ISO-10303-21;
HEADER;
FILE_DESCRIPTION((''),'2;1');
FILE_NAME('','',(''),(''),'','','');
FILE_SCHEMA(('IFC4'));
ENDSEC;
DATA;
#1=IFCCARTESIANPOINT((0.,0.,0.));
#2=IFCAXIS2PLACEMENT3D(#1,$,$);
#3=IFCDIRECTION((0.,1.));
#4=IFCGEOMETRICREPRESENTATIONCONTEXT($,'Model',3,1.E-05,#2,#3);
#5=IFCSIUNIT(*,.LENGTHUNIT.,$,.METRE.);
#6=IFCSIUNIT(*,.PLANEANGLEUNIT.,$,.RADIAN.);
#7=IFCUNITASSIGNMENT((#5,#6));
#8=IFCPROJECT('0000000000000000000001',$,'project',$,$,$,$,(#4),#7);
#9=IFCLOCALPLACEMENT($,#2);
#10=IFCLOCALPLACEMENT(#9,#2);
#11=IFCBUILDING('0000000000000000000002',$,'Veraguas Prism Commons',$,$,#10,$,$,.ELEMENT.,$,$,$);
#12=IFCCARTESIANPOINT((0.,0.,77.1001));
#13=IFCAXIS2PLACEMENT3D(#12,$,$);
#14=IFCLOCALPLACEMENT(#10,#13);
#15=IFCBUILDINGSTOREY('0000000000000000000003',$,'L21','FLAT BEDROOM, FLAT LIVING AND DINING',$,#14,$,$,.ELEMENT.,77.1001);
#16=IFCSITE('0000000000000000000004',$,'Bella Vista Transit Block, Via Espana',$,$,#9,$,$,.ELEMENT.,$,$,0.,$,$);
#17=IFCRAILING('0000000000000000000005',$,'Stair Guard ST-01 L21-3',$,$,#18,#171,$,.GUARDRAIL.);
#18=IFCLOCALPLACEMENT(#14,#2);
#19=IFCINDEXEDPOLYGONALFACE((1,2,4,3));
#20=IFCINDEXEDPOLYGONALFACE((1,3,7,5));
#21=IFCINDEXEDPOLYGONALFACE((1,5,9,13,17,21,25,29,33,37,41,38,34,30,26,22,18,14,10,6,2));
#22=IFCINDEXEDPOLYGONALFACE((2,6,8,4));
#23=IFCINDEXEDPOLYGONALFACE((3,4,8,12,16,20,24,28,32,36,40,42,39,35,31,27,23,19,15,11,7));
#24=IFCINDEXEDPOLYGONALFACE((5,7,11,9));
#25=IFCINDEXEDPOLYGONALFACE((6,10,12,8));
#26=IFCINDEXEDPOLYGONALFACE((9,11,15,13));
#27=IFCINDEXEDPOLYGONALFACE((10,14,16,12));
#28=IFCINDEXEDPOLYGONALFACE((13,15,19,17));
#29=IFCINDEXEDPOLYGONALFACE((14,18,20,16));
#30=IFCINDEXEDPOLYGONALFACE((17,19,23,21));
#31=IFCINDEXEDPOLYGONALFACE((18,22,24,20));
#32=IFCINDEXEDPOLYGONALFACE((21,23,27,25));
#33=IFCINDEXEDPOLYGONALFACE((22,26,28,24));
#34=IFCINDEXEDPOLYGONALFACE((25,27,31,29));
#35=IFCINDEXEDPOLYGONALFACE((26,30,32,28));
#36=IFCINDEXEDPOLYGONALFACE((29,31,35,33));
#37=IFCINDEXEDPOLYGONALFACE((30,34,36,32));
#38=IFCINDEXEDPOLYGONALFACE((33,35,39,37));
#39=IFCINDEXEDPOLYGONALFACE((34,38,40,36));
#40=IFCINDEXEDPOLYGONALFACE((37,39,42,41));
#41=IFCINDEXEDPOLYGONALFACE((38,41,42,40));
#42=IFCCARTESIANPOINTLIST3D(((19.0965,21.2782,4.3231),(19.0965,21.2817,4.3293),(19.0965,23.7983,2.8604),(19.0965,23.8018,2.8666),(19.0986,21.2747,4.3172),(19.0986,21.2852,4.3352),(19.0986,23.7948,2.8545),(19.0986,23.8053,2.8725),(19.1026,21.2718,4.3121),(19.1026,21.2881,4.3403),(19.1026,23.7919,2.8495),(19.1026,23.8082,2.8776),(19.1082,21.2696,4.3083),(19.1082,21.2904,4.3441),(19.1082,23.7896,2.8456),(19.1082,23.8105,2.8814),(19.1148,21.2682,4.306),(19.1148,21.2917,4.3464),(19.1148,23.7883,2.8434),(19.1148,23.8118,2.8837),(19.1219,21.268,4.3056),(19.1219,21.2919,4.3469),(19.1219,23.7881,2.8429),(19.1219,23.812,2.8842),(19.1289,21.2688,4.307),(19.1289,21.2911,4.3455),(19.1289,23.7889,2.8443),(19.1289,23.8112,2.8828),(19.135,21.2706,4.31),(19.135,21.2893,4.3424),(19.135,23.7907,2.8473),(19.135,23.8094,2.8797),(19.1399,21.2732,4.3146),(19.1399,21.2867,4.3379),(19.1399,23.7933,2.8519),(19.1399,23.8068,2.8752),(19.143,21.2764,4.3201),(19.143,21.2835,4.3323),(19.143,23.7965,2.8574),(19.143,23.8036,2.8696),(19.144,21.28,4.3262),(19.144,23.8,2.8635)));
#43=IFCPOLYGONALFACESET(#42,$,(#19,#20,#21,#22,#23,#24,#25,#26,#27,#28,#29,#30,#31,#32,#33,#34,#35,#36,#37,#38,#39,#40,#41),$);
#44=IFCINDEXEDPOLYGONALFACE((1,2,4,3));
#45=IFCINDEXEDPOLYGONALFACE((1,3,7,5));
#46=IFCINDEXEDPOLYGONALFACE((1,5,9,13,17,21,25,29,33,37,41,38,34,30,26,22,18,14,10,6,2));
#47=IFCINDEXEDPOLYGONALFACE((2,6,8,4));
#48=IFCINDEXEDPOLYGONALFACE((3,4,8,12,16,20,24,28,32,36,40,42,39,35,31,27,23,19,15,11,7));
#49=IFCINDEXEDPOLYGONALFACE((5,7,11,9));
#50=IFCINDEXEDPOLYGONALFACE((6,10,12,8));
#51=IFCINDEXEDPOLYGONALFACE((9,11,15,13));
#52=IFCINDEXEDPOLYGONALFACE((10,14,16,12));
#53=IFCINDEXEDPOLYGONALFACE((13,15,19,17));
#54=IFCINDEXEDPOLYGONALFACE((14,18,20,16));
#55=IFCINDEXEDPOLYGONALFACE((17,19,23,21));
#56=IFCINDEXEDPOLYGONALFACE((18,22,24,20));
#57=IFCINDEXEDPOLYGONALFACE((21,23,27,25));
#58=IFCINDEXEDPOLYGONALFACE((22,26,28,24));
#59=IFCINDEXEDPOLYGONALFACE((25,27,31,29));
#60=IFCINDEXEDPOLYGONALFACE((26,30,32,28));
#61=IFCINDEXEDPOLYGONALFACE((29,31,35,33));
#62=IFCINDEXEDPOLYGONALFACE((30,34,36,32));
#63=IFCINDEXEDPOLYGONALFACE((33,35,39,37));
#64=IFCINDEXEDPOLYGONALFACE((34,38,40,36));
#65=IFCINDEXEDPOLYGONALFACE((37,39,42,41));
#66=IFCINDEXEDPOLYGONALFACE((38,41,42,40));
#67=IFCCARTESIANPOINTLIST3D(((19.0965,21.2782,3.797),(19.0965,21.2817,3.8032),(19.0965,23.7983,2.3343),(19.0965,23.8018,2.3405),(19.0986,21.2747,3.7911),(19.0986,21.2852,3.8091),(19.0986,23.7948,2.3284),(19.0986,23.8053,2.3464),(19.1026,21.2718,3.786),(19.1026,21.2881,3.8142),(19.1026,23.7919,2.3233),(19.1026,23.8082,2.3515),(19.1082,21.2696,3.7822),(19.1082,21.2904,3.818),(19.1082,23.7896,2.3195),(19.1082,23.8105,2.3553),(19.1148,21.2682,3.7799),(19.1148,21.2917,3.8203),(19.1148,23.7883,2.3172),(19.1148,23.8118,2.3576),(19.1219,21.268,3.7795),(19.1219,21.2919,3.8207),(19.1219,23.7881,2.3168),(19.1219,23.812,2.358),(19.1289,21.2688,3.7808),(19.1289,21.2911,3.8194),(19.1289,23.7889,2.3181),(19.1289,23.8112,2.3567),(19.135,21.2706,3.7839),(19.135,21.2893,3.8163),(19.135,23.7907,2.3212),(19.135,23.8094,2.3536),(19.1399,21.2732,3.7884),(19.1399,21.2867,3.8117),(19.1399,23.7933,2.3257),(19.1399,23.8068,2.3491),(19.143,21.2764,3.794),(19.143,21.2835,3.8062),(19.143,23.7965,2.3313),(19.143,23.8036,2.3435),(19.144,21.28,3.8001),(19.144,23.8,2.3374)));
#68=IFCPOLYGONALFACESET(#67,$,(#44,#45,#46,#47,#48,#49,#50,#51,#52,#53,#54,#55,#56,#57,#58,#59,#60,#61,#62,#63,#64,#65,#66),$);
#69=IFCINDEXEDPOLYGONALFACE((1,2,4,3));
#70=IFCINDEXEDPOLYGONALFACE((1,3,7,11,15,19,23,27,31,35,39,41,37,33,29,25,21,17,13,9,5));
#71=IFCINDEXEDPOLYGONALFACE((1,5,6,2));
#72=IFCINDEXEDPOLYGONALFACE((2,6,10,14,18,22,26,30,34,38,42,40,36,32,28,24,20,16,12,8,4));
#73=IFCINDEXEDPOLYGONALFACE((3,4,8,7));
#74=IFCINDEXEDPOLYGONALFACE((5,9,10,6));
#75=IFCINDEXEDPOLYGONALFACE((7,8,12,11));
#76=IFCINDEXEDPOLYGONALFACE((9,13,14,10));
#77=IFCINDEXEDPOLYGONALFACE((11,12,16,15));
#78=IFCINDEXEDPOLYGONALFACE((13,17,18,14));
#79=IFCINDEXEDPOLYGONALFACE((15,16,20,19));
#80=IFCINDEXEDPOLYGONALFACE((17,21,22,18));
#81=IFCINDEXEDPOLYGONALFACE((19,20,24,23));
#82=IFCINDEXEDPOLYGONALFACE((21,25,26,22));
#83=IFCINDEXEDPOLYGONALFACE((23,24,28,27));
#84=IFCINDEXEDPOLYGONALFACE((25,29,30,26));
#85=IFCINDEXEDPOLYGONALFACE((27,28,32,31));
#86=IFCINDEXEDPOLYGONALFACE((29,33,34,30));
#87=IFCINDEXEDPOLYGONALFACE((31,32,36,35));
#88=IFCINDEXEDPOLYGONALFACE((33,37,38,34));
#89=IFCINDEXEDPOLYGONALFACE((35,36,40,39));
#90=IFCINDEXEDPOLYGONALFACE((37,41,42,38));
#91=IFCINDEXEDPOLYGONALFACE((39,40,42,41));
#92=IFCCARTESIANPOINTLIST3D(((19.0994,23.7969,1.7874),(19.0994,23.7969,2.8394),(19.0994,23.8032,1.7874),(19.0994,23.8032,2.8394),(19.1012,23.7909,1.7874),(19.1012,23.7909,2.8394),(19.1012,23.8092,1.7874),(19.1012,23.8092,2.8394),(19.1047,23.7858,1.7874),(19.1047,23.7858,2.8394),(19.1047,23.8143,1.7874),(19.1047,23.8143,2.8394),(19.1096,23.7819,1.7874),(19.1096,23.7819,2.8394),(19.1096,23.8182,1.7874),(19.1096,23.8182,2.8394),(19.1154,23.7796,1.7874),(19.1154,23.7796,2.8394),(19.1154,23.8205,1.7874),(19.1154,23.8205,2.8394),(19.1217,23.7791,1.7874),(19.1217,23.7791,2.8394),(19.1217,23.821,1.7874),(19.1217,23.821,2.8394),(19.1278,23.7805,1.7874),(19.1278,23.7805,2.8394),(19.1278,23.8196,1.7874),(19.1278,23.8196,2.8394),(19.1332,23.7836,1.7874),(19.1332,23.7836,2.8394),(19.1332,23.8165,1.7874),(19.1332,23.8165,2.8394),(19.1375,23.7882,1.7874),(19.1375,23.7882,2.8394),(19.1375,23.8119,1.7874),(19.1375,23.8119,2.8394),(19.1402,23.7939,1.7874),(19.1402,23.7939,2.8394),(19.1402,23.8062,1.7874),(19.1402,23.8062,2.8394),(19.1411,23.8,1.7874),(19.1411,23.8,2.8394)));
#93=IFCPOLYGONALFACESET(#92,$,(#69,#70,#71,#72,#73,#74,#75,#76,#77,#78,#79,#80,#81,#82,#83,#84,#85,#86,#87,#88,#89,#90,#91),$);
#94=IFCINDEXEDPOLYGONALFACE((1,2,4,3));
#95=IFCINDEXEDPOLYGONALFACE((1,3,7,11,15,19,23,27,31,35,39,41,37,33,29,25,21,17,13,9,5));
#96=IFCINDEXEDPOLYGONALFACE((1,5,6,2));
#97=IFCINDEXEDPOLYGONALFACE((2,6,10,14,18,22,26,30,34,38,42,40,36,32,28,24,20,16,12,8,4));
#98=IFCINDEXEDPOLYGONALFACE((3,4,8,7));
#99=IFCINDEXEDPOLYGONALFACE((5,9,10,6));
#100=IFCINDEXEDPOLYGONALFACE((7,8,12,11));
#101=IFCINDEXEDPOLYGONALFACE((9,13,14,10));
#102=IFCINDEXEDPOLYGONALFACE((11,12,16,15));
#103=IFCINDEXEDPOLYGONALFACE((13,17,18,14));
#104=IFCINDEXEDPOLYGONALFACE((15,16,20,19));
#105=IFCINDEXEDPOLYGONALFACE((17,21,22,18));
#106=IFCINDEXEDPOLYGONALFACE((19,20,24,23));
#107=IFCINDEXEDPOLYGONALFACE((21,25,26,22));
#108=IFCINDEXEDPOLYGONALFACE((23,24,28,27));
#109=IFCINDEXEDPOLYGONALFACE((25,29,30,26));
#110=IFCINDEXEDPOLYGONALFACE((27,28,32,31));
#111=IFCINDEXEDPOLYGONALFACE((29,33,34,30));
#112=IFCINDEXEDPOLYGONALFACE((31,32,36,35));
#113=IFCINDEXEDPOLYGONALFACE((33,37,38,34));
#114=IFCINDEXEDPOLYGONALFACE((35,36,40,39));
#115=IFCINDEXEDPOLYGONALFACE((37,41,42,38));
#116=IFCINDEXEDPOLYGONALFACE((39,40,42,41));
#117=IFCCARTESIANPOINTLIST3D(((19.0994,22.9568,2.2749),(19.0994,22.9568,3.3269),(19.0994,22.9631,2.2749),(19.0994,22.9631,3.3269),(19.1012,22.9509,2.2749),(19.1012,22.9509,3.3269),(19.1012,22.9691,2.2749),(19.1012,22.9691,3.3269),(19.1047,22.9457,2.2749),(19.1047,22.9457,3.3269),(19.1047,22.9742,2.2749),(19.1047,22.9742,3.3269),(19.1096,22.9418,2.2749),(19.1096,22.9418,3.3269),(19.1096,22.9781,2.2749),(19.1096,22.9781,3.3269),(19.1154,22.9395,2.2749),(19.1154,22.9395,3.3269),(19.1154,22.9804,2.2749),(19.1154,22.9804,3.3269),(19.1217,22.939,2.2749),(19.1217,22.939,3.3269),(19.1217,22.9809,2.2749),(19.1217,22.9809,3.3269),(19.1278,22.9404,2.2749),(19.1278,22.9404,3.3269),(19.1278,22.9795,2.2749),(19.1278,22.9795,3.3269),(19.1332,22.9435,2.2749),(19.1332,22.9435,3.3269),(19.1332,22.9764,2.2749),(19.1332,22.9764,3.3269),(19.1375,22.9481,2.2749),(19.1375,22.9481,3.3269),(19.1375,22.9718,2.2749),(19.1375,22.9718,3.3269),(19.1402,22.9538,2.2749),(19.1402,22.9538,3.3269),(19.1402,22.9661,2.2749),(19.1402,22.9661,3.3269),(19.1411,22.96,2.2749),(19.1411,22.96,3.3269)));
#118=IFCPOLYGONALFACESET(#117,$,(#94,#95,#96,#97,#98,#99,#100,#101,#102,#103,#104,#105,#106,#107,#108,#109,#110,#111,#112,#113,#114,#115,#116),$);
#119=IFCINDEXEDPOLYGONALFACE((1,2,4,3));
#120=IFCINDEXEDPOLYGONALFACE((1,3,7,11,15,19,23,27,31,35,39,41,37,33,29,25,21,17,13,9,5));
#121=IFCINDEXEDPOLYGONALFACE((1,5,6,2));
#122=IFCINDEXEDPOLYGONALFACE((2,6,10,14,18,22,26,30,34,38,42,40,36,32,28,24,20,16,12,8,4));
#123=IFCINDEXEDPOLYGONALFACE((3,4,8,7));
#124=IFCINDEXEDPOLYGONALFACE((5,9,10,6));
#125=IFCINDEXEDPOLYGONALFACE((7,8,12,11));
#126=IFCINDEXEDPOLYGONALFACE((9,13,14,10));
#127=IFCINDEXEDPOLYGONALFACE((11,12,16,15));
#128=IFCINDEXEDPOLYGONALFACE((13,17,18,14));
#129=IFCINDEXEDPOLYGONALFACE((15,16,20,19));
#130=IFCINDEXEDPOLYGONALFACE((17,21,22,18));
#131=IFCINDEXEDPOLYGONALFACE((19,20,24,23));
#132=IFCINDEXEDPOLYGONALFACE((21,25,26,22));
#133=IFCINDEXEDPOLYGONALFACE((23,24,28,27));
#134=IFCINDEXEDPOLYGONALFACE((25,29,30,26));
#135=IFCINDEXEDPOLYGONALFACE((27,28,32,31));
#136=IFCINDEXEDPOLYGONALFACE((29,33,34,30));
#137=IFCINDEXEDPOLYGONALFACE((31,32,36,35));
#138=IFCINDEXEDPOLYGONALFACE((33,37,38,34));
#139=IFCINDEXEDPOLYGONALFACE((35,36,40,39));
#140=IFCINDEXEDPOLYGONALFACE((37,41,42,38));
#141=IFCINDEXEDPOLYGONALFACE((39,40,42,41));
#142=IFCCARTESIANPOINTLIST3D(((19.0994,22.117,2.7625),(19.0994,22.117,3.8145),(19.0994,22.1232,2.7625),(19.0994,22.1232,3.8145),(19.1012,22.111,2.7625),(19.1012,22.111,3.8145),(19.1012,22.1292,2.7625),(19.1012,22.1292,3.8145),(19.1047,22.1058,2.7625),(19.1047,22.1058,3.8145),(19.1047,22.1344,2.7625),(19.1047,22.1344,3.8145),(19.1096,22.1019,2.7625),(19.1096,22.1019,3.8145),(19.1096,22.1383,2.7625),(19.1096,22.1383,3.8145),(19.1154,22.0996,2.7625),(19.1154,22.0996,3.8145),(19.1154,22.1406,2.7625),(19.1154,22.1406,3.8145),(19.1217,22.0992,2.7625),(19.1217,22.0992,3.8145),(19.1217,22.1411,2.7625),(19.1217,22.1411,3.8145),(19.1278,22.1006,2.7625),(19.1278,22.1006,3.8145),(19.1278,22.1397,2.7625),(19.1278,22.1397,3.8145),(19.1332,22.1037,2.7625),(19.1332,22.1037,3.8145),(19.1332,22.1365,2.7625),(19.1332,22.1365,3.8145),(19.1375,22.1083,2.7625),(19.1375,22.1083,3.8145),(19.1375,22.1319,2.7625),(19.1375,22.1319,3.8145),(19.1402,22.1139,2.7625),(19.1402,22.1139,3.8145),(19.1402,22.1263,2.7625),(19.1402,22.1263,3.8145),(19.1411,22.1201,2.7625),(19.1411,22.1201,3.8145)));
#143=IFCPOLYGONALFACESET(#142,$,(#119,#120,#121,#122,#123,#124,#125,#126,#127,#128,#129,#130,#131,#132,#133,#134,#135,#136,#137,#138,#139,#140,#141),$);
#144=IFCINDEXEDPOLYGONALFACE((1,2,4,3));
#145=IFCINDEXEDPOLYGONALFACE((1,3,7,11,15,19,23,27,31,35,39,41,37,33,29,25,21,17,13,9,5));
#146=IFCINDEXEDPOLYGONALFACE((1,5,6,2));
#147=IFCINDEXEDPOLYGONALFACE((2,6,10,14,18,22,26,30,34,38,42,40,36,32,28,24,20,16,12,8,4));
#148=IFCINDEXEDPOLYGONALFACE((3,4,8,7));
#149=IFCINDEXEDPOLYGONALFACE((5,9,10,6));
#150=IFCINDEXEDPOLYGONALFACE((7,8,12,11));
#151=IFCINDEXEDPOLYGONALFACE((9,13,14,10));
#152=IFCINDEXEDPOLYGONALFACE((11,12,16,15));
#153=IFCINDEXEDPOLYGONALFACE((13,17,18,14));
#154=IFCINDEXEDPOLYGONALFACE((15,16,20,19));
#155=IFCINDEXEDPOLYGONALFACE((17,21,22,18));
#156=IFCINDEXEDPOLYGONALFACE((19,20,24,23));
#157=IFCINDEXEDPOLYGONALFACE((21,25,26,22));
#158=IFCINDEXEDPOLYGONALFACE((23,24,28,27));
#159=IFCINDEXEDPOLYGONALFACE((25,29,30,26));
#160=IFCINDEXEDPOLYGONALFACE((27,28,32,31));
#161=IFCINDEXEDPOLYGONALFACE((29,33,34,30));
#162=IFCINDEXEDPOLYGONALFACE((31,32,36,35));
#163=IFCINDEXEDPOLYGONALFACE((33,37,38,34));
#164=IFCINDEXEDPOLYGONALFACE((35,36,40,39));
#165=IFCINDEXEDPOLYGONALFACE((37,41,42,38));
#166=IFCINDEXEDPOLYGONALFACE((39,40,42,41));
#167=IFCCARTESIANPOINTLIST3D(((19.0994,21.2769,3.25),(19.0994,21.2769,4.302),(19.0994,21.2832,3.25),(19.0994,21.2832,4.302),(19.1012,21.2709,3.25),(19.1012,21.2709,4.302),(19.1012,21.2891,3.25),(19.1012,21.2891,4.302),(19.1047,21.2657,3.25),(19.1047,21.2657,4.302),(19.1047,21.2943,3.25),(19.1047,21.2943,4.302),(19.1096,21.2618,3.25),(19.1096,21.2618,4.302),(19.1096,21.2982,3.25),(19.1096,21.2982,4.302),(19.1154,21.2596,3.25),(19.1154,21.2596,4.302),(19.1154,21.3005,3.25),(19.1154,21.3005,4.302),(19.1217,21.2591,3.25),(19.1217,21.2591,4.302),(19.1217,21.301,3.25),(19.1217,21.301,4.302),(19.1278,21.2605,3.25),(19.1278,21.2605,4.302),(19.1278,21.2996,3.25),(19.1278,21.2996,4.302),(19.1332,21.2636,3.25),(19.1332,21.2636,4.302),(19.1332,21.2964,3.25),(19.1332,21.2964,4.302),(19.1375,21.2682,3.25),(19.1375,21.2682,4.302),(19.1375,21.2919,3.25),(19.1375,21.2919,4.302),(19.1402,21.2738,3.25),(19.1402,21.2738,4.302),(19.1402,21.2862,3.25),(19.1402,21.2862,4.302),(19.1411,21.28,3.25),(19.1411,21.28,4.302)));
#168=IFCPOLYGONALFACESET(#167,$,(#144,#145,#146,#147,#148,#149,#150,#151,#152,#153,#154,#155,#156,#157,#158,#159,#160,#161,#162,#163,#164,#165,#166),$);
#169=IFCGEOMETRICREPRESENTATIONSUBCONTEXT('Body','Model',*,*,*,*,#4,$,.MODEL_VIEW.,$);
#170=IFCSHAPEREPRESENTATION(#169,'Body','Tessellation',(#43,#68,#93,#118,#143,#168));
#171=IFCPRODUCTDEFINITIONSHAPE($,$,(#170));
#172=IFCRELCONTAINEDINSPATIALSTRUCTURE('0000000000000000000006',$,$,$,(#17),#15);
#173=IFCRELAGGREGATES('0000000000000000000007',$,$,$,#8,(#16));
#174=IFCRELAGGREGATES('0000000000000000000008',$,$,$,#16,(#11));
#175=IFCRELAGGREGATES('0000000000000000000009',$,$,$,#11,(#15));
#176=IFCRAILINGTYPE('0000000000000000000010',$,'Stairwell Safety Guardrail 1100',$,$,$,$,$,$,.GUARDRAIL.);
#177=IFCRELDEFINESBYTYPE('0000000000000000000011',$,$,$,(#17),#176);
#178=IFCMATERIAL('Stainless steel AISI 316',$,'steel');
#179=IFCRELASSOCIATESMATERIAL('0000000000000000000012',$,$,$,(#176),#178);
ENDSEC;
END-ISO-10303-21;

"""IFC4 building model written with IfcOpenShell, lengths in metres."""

from ifc_helpers import new_model, si_unit, direction, frame, origin, origin_2d, place, context, subcontext, project, spatial, circle, extrude, material, type_object, element, save


model = new_model("IFC4")

# Units and contexts
model_context = context("Model", 3, precision=1e-05, world=origin(), true_north=direction((0.0, 1.0)))
body_context = subcontext(model_context, "Body", "Model", "MODEL_VIEW")
ifc_project = project(units=[si_unit("LENGTHUNIT", "METRE"), si_unit("PLANEANGLEUNIT", "RADIAN")], contexts=[model_context])

# Site, building, storey
site_placement = place(None, origin())
site = spatial("IfcSite", under=ifc_project, at=site_placement, Name="Bella Vista Transit Block, Via Espana", CompositionType="ELEMENT", RefElevation=0.0)
building_placement = place(site_placement, origin())
building = spatial("IfcBuilding", under=site, at=building_placement, Name="Veraguas Prism Commons", CompositionType="ELEMENT")
storey_placement = place(building_placement, frame((0.0, 0.0, 77.1001)))
storey = spatial("IfcBuildingStorey", under=building, at=storey_placement, Name="L21", Description="FLAT BEDROOM, FLAT LIVING AND DINING", CompositionType="ELEMENT", Elevation=77.1001)

# Railing
ifc_material_1 = material(Name="Stainless steel AISI 316", Category="steel")
railing_type_1 = type_object("IfcRailingType", Name="Stairwell Safety Guardrail 1100", PredefinedType="GUARDRAIL", material=ifc_material_1)
railing_1_placement = place(storey_placement, frame((19.1201, 23.8, 1.7874)))
element("IfcRailing", 1, at=railing_1_placement, inside=storey, type_object=railing_type_1, Name="Stair Guard ST-01 L21-3", PredefinedType="GUARDRAIL", context=body_context, shape_type="SweptSolid", body=[
    extrude(circle(Radius=0.0239, at=origin_2d()), frame((0.0, 0.0, 1.0762), z_axis=(0.0, -0.864877, 0.501984), x_axis=(1.0, 0.0, 0.0)), (0.0, 0.0, 1.0), 2.9138),
    extrude(circle(Radius=0.0239, at=origin_2d()), frame((0.0, 0.0, 0.55), z_axis=(0.0, -0.864877, 0.501984), x_axis=(1.0, 0.0, 0.0)), (0.0, 0.0, 1.0), 2.9138),
    extrude(circle(Radius=0.021, at=origin_2d()), origin(), (0.0, 0.0, 1.0), 1.052),
    extrude(circle(Radius=0.021, at=origin_2d()), frame((0.0, -0.8401, 0.4875)), (0.0, 0.0, 1.0), 1.052),
    extrude(circle(Radius=0.021, at=origin_2d()), frame((0.0, -1.6799, 0.9751)), (0.0, 0.0, 1.0), 1.052),
    extrude(circle(Radius=0.021, at=origin_2d()), frame((0.0, -2.52, 1.4626)), (0.0, 0.0, 1.0), 1.052),
])

save(model, "model.ifc")
